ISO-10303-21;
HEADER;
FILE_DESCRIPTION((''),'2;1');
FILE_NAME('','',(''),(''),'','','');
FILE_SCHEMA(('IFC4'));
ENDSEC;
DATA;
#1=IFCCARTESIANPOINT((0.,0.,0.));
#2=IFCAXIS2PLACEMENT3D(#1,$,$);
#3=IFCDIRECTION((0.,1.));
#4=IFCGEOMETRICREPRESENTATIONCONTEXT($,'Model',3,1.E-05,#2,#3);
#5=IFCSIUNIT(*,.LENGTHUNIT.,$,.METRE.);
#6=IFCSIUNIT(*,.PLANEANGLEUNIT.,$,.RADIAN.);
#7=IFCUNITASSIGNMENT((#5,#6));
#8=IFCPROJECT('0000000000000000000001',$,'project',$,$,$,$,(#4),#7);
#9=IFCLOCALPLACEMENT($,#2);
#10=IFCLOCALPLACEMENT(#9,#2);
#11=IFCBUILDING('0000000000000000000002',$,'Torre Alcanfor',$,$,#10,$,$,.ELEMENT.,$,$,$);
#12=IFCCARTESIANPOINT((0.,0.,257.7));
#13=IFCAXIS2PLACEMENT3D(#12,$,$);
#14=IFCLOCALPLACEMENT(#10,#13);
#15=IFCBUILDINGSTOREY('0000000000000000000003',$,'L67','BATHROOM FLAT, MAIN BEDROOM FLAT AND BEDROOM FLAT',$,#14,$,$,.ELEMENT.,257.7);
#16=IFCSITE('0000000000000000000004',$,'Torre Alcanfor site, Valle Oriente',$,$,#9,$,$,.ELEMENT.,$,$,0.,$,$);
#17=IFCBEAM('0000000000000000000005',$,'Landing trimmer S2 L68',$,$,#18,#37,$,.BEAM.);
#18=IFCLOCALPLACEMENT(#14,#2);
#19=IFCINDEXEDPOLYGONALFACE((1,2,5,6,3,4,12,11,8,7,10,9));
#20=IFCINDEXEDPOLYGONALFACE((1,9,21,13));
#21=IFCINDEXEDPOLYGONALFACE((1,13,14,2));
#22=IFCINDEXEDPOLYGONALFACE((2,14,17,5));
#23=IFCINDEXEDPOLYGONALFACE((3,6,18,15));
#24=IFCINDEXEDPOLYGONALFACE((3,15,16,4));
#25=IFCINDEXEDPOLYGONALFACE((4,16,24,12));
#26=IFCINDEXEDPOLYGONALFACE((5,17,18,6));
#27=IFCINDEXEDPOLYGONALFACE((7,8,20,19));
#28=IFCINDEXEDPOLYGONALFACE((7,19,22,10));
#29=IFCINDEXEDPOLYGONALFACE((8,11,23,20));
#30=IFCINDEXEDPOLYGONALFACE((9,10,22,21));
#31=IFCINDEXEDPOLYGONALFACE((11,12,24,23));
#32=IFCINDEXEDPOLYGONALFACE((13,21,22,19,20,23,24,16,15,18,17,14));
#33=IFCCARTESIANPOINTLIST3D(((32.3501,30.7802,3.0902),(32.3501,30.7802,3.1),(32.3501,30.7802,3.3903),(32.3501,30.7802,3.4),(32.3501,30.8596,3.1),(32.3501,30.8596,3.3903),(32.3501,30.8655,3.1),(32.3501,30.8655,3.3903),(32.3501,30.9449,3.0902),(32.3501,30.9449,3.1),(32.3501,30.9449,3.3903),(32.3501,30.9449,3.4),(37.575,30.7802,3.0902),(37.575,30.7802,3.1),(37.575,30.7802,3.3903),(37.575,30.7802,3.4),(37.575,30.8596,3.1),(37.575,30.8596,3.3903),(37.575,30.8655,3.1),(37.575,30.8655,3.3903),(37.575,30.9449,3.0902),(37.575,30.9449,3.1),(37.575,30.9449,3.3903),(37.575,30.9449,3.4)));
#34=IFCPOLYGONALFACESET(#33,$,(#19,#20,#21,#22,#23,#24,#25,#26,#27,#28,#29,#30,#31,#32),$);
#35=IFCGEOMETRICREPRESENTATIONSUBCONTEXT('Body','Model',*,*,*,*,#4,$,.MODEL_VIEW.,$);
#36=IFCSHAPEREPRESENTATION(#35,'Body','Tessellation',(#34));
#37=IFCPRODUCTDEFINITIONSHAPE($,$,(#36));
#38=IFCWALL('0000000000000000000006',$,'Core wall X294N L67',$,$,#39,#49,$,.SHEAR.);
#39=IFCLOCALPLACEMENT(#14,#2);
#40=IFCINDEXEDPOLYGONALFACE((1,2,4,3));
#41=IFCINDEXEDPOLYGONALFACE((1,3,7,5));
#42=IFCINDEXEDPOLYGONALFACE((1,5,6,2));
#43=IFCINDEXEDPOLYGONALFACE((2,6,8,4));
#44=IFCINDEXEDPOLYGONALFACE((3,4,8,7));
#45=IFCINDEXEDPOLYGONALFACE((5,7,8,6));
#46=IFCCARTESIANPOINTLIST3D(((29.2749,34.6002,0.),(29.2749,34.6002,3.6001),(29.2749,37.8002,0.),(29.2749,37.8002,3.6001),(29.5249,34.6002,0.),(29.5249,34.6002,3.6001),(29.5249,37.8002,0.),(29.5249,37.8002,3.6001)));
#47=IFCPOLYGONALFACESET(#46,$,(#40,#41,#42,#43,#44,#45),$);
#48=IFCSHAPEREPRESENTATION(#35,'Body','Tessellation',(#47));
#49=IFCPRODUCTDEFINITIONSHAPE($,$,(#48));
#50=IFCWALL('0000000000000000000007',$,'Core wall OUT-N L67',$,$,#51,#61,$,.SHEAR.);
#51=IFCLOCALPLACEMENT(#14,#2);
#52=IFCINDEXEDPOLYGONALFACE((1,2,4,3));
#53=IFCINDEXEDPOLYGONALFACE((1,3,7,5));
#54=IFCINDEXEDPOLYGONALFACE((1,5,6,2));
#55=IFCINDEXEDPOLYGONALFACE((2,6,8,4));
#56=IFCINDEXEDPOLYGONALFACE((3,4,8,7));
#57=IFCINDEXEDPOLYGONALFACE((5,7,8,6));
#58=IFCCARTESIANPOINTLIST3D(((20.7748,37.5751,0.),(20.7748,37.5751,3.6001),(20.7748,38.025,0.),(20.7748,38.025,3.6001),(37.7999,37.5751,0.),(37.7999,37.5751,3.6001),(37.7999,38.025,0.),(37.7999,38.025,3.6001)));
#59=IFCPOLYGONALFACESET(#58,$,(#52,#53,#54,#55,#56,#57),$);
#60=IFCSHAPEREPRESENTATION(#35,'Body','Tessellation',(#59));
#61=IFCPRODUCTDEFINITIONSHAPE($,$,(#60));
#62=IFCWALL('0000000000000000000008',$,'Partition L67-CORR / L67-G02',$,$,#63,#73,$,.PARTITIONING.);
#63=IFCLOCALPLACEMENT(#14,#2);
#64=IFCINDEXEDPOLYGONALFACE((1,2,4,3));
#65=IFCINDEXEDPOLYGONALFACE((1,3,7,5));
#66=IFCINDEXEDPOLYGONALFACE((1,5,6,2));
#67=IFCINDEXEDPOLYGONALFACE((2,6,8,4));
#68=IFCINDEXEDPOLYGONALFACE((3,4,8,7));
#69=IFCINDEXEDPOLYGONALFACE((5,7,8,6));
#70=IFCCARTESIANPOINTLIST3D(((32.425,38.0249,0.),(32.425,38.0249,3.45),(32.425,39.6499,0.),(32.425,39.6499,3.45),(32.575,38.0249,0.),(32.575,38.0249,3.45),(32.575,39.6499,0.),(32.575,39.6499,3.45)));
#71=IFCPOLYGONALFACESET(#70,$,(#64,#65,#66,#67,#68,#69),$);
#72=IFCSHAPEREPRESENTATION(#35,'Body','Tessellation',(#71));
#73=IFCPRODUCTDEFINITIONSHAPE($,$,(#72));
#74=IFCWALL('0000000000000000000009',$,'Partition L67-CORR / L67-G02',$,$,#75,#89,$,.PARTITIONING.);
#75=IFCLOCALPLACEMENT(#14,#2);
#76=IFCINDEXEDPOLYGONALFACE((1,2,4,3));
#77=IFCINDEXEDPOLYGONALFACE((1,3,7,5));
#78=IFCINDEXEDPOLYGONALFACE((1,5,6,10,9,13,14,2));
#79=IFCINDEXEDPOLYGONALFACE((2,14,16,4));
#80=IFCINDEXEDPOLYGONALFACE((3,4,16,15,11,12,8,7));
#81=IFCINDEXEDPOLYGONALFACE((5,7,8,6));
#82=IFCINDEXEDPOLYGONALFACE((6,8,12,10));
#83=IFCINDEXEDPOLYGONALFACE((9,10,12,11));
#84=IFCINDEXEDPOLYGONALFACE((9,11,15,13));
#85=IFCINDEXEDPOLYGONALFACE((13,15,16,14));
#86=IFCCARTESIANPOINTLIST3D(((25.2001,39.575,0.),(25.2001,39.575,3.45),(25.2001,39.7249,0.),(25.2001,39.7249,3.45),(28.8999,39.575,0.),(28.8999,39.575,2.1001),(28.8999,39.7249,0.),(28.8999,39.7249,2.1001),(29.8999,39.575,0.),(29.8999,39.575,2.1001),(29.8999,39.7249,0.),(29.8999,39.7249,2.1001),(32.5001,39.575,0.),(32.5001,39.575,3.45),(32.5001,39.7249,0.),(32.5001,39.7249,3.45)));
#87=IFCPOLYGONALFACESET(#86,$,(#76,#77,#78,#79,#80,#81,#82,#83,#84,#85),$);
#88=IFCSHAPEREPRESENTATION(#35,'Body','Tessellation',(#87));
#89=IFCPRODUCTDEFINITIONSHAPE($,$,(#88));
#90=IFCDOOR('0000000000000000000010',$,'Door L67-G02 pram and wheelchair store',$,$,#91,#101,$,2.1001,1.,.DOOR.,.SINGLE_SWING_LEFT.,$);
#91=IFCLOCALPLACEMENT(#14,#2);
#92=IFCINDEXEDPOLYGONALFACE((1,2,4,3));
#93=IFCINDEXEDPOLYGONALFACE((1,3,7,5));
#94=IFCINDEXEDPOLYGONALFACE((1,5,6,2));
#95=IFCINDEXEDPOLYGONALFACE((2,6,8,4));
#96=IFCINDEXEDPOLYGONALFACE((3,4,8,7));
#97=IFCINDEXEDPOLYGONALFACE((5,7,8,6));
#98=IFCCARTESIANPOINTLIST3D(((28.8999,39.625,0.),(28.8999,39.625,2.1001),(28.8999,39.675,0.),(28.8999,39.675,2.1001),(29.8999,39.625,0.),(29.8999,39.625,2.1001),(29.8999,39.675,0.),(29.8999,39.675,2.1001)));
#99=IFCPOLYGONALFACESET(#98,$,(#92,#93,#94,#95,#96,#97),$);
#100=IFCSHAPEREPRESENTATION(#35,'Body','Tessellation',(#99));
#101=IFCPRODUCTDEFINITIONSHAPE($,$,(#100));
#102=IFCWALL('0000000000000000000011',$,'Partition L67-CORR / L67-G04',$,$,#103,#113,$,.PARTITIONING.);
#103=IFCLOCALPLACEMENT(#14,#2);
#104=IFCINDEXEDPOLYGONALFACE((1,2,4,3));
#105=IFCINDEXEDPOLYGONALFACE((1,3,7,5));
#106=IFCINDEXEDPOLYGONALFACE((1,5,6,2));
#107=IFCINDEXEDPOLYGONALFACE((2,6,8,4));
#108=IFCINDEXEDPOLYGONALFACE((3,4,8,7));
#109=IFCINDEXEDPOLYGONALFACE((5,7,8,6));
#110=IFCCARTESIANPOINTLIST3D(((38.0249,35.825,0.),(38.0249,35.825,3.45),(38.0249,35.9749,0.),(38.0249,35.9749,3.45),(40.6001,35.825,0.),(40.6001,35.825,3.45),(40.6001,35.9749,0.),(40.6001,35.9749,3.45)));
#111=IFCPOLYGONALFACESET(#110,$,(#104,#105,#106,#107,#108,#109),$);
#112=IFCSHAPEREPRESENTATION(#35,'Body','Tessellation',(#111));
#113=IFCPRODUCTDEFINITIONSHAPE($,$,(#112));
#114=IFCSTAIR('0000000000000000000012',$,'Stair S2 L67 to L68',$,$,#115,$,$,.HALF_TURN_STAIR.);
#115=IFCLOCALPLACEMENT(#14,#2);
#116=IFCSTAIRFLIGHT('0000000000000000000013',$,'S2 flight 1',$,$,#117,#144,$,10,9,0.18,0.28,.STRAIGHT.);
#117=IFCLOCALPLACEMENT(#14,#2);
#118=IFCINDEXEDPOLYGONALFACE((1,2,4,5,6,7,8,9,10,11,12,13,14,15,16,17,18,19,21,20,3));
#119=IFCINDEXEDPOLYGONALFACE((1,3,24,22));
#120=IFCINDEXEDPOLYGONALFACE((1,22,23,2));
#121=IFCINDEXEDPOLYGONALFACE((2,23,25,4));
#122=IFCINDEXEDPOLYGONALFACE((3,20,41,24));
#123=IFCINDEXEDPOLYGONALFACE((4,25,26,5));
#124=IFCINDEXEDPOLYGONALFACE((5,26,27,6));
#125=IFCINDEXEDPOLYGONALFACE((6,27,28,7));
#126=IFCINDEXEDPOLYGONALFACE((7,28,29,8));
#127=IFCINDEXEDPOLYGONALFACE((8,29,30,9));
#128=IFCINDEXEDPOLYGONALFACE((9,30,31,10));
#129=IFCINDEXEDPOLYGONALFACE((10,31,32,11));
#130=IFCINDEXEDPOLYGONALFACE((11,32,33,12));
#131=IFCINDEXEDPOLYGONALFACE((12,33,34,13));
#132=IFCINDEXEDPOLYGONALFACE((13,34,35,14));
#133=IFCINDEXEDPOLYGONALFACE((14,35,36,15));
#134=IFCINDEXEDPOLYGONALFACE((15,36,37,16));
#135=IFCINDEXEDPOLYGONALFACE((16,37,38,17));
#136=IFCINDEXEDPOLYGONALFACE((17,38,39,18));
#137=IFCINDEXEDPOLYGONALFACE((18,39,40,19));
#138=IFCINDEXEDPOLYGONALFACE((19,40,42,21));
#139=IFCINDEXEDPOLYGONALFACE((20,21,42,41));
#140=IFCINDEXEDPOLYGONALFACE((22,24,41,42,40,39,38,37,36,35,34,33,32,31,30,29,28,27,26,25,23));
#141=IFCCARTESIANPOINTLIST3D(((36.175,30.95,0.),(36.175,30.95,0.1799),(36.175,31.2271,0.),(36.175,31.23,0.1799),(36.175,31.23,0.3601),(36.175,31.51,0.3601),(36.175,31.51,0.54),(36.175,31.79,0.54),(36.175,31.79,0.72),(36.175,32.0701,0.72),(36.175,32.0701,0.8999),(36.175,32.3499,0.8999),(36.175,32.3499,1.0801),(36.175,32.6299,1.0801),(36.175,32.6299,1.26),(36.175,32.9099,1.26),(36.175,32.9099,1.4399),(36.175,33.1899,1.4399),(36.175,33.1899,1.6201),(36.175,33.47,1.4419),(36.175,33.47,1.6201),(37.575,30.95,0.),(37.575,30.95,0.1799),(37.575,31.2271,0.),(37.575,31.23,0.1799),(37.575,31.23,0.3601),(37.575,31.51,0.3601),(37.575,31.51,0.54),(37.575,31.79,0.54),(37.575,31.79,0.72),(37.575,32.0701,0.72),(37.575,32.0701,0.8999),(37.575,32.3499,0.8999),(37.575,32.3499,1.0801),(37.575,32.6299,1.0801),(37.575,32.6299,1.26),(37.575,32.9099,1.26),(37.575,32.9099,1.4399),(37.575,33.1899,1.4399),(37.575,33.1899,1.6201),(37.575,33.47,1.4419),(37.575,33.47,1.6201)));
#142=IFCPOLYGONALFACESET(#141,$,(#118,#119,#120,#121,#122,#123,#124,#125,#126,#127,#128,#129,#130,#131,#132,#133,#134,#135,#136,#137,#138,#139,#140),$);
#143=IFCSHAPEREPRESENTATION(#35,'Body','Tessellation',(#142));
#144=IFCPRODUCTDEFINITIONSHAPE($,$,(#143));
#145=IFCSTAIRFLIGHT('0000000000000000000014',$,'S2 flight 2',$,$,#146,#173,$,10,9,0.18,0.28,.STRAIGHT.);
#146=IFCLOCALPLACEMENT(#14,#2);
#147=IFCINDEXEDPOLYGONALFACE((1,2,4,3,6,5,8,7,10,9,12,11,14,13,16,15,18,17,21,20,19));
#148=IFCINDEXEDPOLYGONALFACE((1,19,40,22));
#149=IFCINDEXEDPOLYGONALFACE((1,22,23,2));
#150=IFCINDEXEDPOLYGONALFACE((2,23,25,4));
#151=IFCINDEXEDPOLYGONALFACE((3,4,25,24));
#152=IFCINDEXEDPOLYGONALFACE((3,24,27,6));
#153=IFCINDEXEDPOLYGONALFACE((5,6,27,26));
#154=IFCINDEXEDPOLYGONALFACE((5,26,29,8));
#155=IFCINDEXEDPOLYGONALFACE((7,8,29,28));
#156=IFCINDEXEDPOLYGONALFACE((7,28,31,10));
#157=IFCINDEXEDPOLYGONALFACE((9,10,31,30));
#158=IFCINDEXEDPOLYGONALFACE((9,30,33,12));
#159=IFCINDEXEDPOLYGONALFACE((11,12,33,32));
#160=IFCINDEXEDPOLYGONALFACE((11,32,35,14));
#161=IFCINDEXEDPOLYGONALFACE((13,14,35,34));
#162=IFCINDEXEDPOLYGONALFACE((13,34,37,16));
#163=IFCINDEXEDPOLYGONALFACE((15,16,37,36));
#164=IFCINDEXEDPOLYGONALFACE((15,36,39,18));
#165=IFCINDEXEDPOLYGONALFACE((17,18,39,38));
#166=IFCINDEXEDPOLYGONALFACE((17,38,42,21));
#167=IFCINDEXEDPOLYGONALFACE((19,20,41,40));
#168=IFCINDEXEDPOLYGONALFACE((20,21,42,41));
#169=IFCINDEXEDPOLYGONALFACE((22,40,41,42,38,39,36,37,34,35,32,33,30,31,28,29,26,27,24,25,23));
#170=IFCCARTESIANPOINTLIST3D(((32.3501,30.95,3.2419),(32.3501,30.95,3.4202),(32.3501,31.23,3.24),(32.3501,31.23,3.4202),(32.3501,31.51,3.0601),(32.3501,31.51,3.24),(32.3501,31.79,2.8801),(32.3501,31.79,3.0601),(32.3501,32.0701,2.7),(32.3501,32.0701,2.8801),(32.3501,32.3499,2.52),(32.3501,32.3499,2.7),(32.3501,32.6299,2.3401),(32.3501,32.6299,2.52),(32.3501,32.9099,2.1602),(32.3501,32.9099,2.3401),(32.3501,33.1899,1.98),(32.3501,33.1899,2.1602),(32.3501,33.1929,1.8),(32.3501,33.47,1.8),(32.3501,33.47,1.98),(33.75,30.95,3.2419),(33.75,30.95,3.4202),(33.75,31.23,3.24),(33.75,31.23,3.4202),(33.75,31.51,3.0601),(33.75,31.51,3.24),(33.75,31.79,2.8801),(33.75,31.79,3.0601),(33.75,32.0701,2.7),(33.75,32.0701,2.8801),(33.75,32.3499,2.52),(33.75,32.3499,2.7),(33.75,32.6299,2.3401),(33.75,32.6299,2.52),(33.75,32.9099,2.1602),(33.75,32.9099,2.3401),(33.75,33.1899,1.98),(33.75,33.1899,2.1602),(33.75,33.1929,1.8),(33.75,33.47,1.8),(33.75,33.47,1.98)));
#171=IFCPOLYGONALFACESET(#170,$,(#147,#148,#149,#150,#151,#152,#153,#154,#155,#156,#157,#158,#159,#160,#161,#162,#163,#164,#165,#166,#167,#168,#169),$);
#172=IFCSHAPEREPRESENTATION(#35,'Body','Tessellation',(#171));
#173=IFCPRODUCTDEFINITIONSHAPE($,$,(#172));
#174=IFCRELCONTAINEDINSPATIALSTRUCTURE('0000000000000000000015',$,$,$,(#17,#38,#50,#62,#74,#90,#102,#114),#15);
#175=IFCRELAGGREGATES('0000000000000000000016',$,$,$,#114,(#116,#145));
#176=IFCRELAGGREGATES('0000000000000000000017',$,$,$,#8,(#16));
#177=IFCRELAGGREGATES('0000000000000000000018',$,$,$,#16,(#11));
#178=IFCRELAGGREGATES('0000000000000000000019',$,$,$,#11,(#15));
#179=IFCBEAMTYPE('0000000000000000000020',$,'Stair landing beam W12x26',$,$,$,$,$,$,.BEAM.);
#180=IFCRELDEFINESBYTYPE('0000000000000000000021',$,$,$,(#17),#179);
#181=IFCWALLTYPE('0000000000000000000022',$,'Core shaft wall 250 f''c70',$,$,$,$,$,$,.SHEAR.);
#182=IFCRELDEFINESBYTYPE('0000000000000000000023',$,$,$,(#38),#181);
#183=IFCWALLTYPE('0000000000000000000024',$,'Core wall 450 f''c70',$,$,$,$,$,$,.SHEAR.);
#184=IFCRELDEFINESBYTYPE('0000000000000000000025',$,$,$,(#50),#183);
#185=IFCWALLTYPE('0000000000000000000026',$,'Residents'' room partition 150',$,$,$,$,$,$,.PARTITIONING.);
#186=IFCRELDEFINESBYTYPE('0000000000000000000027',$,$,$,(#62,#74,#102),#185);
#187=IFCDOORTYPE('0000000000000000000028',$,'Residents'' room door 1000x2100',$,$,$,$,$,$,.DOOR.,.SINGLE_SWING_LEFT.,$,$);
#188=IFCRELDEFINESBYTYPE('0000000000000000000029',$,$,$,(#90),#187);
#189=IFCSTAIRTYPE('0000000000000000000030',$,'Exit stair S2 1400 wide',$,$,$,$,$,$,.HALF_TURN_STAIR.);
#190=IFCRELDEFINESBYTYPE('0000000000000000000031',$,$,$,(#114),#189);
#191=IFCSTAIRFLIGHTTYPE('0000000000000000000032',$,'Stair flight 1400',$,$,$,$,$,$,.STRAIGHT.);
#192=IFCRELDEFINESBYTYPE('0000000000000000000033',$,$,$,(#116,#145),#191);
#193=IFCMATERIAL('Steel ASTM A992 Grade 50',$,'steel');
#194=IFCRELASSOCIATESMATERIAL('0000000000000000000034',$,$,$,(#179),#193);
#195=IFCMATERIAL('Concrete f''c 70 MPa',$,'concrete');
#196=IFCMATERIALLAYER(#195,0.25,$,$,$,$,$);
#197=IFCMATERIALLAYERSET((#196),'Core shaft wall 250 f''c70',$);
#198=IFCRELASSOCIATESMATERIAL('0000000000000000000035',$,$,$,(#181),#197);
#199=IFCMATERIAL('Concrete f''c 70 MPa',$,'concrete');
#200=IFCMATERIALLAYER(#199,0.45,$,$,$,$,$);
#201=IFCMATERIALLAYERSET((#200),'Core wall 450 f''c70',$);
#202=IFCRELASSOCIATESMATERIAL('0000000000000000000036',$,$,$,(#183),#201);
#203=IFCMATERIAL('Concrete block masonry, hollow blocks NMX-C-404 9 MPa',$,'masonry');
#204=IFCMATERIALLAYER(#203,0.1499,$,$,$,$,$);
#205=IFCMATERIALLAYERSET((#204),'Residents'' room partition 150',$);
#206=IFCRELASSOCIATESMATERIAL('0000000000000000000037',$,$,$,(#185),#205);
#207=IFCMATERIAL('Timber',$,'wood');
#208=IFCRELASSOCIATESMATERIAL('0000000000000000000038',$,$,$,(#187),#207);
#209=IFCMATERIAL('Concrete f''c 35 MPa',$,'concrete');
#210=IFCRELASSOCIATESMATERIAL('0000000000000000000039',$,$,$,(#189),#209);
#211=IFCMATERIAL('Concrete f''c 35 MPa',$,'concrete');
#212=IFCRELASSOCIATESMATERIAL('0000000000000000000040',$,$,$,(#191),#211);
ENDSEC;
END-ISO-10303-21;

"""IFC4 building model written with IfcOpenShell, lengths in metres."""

from ifc_helpers import new_model, si_unit, direction, frame, frame_2d, origin, origin_2d, place, context, subcontext, project, spatial, polyline, rectangle, i_section, outline, extrude, material, layer, layer_set, material_profile, profile_set, type_object, element, fill, aggregate, save


model = new_model("IFC4")

# Units and contexts
model_context = context("Model", 3, precision=1e-05, world=origin(), true_north=direction((0.0, 1.0)))
body_context = subcontext(model_context, "Body", "Model", "MODEL_VIEW")
ifc_project = project(units=[si_unit("LENGTHUNIT", "METRE"), si_unit("PLANEANGLEUNIT", "RADIAN")], contexts=[model_context])

# Site, building, storey
site_placement = place(None, origin())
site = spatial("IfcSite", under=ifc_project, at=site_placement, Name="Torre Alcanfor site, Valle Oriente", CompositionType="ELEMENT", RefElevation=0.0)
building_placement = place(site_placement, origin())
building = spatial("IfcBuilding", under=site, at=building_placement, Name="Torre Alcanfor", CompositionType="ELEMENT")
storey_placement = place(building_placement, frame((0.0, 0.0, 257.7)))
storey = spatial("IfcBuildingStorey", under=building, at=storey_placement, Name="L67", Description="BATHROOM FLAT, MAIN BEDROOM FLAT AND BEDROOM FLAT", CompositionType="ELEMENT", Elevation=257.7)

# Beam
ifc_material_1 = material(Name="Steel ASTM A992 Grade 50", Category="steel")
ifc_material_profile_1 = material_profile(ifc_material_1, i_section(OverallWidth=0.1648, OverallDepth=0.3098, WebThickness=0.0059, FlangeThickness=0.0098, at=origin_2d()), Name="W12x26")
ifc_profile_set_1 = profile_set([ifc_material_profile_1], Name="Steel ASTM A992 Grade 50")
beam_type_1 = type_object("IfcBeamType", Name="Stair landing beam W12x26", PredefinedType="BEAM", material=ifc_profile_set_1)
beam_1_placement = place(storey_placement, frame((32.3501, 30.8625, 3.2451), z_axis=(1.0, 0.0, 0.0), x_axis=(0.0, 1.0, 0.0)))
element("IfcBeam", 1, at=beam_1_placement, inside=storey, type_object=beam_type_1, Name="Landing trimmer S2 L68", PredefinedType="BEAM", context=body_context, shape_type="SweptSolid", body=[
    extrude(i_section(OverallWidth=0.1648, OverallDepth=0.3098, WebThickness=0.0059, FlangeThickness=0.0098, at=origin_2d()), origin(), (0.0, 0.0, 1.0), 5.2249),
])

# Walls
ifc_material_2 = material(Name="Concrete f'c 70 MPa", Category="concrete")
ifc_layer_1 = layer(ifc_material_2, 0.25)
ifc_layer_set_1 = layer_set([ifc_layer_1], Name="Core shaft wall 250 f'c70")
wall_type_1 = type_object("IfcWallType", Name="Core shaft wall 250 f'c70", PredefinedType="SHEAR", material=ifc_layer_set_1)
wall_1_placement = place(storey_placement, frame((29.3999, 34.6001, 0.0), z_axis=(0.0, 0.0, 1.0), x_axis=(0.0, 1.0, 0.0)))
element("IfcWall", 2, at=wall_1_placement, inside=storey, type_object=wall_type_1, Name="Core wall X294N L67", PredefinedType="SHEAR", context=body_context, shape_type="SweptSolid", body=[
    extrude(rectangle(XDim=3.2, YDim=0.25, at=frame_2d((1.6001, 0.0))), origin(), (0.0, 0.0, 1.0), 3.6001),
])
ifc_material_3 = material(Name="Concrete f'c 70 MPa", Category="concrete")
ifc_layer_2 = layer(ifc_material_3, 0.45)
ifc_layer_set_2 = layer_set([ifc_layer_2], Name="Core wall 450 f'c70")
wall_type_2 = type_object("IfcWallType", Name="Core wall 450 f'c70", PredefinedType="SHEAR", material=ifc_layer_set_2)
wall_2_placement = place(storey_placement, frame((37.8, 37.8, 0.0), z_axis=(0.0, 0.0, 1.0), x_axis=(-1.0, 0.0, 0.0)))
element("IfcWall", 3, at=wall_2_placement, inside=storey, type_object=wall_type_2, Name="Core wall OUT-N L67", PredefinedType="SHEAR", context=body_context, shape_type="SweptSolid", body=[
    extrude(rectangle(XDim=17.0251, YDim=0.45, at=frame_2d((8.5127, 0.0))), origin(), (0.0, 0.0, 1.0), 3.6001),
])
ifc_material_4 = material(Name="Concrete block masonry, hollow blocks NMX-C-404 9 MPa", Category="masonry")
ifc_layer_3 = layer(ifc_material_4, 0.1499)
ifc_layer_set_3 = layer_set([ifc_layer_3], Name="Residents' room partition 150")
wall_type_3 = type_object("IfcWallType", Name="Residents' room partition 150", PredefinedType="PARTITIONING", material=ifc_layer_set_3)
wall_3_placement = place(storey_placement, frame((32.5, 38.0249, 0.0), z_axis=(0.0, 0.0, 1.0), x_axis=(0.0, 1.0, 0.0)))
element("IfcWall", 4, at=wall_3_placement, inside=storey, type_object=wall_type_3, Name="Partition L67-CORR / L67-G02", PredefinedType="PARTITIONING", context=body_context, shape_type="SweptSolid", body=[
    extrude(rectangle(XDim=1.625, YDim=0.1499, at=frame_2d((0.8125, 0.0))), origin(), (0.0, 0.0, 1.0), 3.45),
])

# Wall, opening, door
wall_4_placement = place(storey_placement, frame((32.5, 39.6499, 0.0), z_axis=(0.0, 0.0, 1.0), x_axis=(-1.0, 0.0, 0.0)))
wall_4 = element("IfcWall", 5, at=wall_4_placement, inside=storey, type_object=wall_type_3, Name="Partition L67-CORR / L67-G02", PredefinedType="PARTITIONING", context=body_context, shape_type="SweptSolid", body=[
    extrude(rectangle(XDim=7.3, YDim=0.1499, at=frame_2d((3.6499, 0.0))), origin(), (0.0, 0.0, 1.0), 3.45),
])
opening_placement = place(wall_4_placement, frame((2.6001, 0.0, 0.0)))
opening = element("IfcOpeningElement", 6, at=opening_placement, cuts=wall_4, PredefinedType="OPENING", context=body_context, shape_type="SweptSolid", body=[
    extrude(rectangle(XDim=1.0, YDim=2.1001, at=frame_2d((0.5, 1.05))), frame((0.0, 0.085, 0.0), z_axis=(0.0, -1.0, 0.0), x_axis=(1.0, 0.0, 0.0)), (0.0, 0.0, 1.0), 0.1699),
])
ifc_material_5 = material(Name="Timber", Category="wood")
door_type = type_object("IfcDoorType", Name="Residents' room door 1000x2100", OperationType="SINGLE_SWING_LEFT", PredefinedType="DOOR", material=ifc_material_5)
door_placement = place(opening_placement, origin())
door = element("IfcDoor", 7, at=door_placement, inside=storey, type_object=door_type, Name="Door L67-G02 pram and wheelchair store", OperationType="SINGLE_SWING_LEFT", OverallHeight=2.1001, OverallWidth=1.0, PredefinedType="DOOR", context=body_context, shape_type="SweptSolid", body=[
    extrude(rectangle(XDim=1.0, YDim=2.1001, at=frame_2d((0.5, 1.05))), frame((0.0, 0.0249, 0.0), z_axis=(0.0, -1.0, 0.0), x_axis=(1.0, 0.0, 0.0)), (0.0, 0.0, 1.0), 0.05),
])
fill(opening, door)

# Wall
wall_5_placement = place(storey_placement, frame((38.0249, 35.8999, 0.0), z_axis=(0.0, 0.0, 1.0), x_axis=(1.0, 0.0, 0.0)))
element("IfcWall", 8, at=wall_5_placement, inside=storey, type_object=wall_type_3, Name="Partition L67-CORR / L67-G04", PredefinedType="PARTITIONING", context=body_context, shape_type="SweptSolid", body=[
    extrude(rectangle(XDim=2.5752, YDim=0.1499, at=frame_2d((1.2876, 0.0))), origin(), (0.0, 0.0, 1.0), 3.45),
])

# Stair, stair flights
ifc_material_6 = material(Name="Concrete f'c 35 MPa", Category="concrete")
stair_type = type_object("IfcStairType", Name="Exit stair S2 1400 wide", PredefinedType="HALF_TURN_STAIR", material=ifc_material_6)
stair_placement = place(storey_placement, origin())
stair = element("IfcStair", 9, at=stair_placement, inside=storey, type_object=stair_type, Name="Stair S2 L67 to L68", PredefinedType="HALF_TURN_STAIR")
ifc_material_7 = material(Name="Concrete f'c 35 MPa", Category="concrete")
stair_flight_type = type_object("IfcStairFlightType", Name="Stair flight 1400", PredefinedType="STRAIGHT", material=ifc_material_7)
stair_flight_1_placement = place(storey_placement, frame((36.875, 30.95, 0.0), z_axis=(0.0, 0.0, 1.0), x_axis=(0.0, 1.0, 0.0)))
stair_flight_1 = element("IfcStairFlight", 10, at=stair_flight_1_placement, type_object=stair_flight_type, Name="S2 flight 1", NumberOfRisers=10, NumberOfTreads=9, PredefinedType="STRAIGHT", RiserHeight=0.18, TreadLength=0.28, context=body_context, shape_type="SweptSolid", body=[
    extrude(outline(polyline([(0.0, 0.0), (0.0, 0.1799), (0.28, 0.1799), (0.28, 0.3601), (0.5601, 0.3601), (0.5601, 0.54), (0.8401, 0.54), (0.8401, 0.72), (1.1201, 0.72), (1.1201, 0.8999), (1.3999, 0.8999), (1.3999, 1.0801), (1.6799, 1.0801), (1.6799, 1.26), (1.96, 1.26), (1.96, 1.4399), (2.24, 1.4399), (2.24, 1.6201), (2.52, 1.6201), (2.52, 1.8), (2.52, 1.4419), (0.2771, 0.0), (0.0, 0.0)])), frame((0.0, 0.7, 0.0), z_axis=(0.0, -1.0, 0.0), x_axis=(1.0, 0.0, 0.0)), (0.0, 0.0, 1.0), 1.3999),
])
stair_flight_2_placement = place(storey_placement, frame((33.05, 33.47, 1.8), z_axis=(0.0, 0.0, 1.0), x_axis=(0.0, -1.0, 0.0)))
stair_flight_2 = element("IfcStairFlight", 11, at=stair_flight_2_placement, type_object=stair_flight_type, Name="S2 flight 2", NumberOfRisers=10, NumberOfTreads=9, PredefinedType="STRAIGHT", RiserHeight=0.18, TreadLength=0.28, context=body_context, shape_type="SweptSolid", body=[
    extrude(outline(polyline([(0.0, 0.0), (0.0, 0.1799), (0.28, 0.1799), (0.28, 0.3601), (0.5601, 0.3601), (0.5601, 0.54), (0.8401, 0.54), (0.8401, 0.72), (1.1201, 0.72), (1.1201, 0.8999), (1.3999, 0.8999), (1.3999, 1.0801), (1.6799, 1.0801), (1.6799, 1.26), (1.96, 1.26), (1.96, 1.4399), (2.24, 1.4399), (2.24, 1.6201), (2.52, 1.6201), (2.52, 1.8), (2.52, 1.4419), (0.2771, 0.0), (0.0, 0.0)])), frame((0.0, 0.7, 0.0), z_axis=(0.0, -1.0, 0.0), x_axis=(1.0, 0.0, 0.0)), (0.0, 0.0, 1.0), 1.3999),
])
aggregate(stair, [stair_flight_1, stair_flight_2])

save(model, "model.ifc")
